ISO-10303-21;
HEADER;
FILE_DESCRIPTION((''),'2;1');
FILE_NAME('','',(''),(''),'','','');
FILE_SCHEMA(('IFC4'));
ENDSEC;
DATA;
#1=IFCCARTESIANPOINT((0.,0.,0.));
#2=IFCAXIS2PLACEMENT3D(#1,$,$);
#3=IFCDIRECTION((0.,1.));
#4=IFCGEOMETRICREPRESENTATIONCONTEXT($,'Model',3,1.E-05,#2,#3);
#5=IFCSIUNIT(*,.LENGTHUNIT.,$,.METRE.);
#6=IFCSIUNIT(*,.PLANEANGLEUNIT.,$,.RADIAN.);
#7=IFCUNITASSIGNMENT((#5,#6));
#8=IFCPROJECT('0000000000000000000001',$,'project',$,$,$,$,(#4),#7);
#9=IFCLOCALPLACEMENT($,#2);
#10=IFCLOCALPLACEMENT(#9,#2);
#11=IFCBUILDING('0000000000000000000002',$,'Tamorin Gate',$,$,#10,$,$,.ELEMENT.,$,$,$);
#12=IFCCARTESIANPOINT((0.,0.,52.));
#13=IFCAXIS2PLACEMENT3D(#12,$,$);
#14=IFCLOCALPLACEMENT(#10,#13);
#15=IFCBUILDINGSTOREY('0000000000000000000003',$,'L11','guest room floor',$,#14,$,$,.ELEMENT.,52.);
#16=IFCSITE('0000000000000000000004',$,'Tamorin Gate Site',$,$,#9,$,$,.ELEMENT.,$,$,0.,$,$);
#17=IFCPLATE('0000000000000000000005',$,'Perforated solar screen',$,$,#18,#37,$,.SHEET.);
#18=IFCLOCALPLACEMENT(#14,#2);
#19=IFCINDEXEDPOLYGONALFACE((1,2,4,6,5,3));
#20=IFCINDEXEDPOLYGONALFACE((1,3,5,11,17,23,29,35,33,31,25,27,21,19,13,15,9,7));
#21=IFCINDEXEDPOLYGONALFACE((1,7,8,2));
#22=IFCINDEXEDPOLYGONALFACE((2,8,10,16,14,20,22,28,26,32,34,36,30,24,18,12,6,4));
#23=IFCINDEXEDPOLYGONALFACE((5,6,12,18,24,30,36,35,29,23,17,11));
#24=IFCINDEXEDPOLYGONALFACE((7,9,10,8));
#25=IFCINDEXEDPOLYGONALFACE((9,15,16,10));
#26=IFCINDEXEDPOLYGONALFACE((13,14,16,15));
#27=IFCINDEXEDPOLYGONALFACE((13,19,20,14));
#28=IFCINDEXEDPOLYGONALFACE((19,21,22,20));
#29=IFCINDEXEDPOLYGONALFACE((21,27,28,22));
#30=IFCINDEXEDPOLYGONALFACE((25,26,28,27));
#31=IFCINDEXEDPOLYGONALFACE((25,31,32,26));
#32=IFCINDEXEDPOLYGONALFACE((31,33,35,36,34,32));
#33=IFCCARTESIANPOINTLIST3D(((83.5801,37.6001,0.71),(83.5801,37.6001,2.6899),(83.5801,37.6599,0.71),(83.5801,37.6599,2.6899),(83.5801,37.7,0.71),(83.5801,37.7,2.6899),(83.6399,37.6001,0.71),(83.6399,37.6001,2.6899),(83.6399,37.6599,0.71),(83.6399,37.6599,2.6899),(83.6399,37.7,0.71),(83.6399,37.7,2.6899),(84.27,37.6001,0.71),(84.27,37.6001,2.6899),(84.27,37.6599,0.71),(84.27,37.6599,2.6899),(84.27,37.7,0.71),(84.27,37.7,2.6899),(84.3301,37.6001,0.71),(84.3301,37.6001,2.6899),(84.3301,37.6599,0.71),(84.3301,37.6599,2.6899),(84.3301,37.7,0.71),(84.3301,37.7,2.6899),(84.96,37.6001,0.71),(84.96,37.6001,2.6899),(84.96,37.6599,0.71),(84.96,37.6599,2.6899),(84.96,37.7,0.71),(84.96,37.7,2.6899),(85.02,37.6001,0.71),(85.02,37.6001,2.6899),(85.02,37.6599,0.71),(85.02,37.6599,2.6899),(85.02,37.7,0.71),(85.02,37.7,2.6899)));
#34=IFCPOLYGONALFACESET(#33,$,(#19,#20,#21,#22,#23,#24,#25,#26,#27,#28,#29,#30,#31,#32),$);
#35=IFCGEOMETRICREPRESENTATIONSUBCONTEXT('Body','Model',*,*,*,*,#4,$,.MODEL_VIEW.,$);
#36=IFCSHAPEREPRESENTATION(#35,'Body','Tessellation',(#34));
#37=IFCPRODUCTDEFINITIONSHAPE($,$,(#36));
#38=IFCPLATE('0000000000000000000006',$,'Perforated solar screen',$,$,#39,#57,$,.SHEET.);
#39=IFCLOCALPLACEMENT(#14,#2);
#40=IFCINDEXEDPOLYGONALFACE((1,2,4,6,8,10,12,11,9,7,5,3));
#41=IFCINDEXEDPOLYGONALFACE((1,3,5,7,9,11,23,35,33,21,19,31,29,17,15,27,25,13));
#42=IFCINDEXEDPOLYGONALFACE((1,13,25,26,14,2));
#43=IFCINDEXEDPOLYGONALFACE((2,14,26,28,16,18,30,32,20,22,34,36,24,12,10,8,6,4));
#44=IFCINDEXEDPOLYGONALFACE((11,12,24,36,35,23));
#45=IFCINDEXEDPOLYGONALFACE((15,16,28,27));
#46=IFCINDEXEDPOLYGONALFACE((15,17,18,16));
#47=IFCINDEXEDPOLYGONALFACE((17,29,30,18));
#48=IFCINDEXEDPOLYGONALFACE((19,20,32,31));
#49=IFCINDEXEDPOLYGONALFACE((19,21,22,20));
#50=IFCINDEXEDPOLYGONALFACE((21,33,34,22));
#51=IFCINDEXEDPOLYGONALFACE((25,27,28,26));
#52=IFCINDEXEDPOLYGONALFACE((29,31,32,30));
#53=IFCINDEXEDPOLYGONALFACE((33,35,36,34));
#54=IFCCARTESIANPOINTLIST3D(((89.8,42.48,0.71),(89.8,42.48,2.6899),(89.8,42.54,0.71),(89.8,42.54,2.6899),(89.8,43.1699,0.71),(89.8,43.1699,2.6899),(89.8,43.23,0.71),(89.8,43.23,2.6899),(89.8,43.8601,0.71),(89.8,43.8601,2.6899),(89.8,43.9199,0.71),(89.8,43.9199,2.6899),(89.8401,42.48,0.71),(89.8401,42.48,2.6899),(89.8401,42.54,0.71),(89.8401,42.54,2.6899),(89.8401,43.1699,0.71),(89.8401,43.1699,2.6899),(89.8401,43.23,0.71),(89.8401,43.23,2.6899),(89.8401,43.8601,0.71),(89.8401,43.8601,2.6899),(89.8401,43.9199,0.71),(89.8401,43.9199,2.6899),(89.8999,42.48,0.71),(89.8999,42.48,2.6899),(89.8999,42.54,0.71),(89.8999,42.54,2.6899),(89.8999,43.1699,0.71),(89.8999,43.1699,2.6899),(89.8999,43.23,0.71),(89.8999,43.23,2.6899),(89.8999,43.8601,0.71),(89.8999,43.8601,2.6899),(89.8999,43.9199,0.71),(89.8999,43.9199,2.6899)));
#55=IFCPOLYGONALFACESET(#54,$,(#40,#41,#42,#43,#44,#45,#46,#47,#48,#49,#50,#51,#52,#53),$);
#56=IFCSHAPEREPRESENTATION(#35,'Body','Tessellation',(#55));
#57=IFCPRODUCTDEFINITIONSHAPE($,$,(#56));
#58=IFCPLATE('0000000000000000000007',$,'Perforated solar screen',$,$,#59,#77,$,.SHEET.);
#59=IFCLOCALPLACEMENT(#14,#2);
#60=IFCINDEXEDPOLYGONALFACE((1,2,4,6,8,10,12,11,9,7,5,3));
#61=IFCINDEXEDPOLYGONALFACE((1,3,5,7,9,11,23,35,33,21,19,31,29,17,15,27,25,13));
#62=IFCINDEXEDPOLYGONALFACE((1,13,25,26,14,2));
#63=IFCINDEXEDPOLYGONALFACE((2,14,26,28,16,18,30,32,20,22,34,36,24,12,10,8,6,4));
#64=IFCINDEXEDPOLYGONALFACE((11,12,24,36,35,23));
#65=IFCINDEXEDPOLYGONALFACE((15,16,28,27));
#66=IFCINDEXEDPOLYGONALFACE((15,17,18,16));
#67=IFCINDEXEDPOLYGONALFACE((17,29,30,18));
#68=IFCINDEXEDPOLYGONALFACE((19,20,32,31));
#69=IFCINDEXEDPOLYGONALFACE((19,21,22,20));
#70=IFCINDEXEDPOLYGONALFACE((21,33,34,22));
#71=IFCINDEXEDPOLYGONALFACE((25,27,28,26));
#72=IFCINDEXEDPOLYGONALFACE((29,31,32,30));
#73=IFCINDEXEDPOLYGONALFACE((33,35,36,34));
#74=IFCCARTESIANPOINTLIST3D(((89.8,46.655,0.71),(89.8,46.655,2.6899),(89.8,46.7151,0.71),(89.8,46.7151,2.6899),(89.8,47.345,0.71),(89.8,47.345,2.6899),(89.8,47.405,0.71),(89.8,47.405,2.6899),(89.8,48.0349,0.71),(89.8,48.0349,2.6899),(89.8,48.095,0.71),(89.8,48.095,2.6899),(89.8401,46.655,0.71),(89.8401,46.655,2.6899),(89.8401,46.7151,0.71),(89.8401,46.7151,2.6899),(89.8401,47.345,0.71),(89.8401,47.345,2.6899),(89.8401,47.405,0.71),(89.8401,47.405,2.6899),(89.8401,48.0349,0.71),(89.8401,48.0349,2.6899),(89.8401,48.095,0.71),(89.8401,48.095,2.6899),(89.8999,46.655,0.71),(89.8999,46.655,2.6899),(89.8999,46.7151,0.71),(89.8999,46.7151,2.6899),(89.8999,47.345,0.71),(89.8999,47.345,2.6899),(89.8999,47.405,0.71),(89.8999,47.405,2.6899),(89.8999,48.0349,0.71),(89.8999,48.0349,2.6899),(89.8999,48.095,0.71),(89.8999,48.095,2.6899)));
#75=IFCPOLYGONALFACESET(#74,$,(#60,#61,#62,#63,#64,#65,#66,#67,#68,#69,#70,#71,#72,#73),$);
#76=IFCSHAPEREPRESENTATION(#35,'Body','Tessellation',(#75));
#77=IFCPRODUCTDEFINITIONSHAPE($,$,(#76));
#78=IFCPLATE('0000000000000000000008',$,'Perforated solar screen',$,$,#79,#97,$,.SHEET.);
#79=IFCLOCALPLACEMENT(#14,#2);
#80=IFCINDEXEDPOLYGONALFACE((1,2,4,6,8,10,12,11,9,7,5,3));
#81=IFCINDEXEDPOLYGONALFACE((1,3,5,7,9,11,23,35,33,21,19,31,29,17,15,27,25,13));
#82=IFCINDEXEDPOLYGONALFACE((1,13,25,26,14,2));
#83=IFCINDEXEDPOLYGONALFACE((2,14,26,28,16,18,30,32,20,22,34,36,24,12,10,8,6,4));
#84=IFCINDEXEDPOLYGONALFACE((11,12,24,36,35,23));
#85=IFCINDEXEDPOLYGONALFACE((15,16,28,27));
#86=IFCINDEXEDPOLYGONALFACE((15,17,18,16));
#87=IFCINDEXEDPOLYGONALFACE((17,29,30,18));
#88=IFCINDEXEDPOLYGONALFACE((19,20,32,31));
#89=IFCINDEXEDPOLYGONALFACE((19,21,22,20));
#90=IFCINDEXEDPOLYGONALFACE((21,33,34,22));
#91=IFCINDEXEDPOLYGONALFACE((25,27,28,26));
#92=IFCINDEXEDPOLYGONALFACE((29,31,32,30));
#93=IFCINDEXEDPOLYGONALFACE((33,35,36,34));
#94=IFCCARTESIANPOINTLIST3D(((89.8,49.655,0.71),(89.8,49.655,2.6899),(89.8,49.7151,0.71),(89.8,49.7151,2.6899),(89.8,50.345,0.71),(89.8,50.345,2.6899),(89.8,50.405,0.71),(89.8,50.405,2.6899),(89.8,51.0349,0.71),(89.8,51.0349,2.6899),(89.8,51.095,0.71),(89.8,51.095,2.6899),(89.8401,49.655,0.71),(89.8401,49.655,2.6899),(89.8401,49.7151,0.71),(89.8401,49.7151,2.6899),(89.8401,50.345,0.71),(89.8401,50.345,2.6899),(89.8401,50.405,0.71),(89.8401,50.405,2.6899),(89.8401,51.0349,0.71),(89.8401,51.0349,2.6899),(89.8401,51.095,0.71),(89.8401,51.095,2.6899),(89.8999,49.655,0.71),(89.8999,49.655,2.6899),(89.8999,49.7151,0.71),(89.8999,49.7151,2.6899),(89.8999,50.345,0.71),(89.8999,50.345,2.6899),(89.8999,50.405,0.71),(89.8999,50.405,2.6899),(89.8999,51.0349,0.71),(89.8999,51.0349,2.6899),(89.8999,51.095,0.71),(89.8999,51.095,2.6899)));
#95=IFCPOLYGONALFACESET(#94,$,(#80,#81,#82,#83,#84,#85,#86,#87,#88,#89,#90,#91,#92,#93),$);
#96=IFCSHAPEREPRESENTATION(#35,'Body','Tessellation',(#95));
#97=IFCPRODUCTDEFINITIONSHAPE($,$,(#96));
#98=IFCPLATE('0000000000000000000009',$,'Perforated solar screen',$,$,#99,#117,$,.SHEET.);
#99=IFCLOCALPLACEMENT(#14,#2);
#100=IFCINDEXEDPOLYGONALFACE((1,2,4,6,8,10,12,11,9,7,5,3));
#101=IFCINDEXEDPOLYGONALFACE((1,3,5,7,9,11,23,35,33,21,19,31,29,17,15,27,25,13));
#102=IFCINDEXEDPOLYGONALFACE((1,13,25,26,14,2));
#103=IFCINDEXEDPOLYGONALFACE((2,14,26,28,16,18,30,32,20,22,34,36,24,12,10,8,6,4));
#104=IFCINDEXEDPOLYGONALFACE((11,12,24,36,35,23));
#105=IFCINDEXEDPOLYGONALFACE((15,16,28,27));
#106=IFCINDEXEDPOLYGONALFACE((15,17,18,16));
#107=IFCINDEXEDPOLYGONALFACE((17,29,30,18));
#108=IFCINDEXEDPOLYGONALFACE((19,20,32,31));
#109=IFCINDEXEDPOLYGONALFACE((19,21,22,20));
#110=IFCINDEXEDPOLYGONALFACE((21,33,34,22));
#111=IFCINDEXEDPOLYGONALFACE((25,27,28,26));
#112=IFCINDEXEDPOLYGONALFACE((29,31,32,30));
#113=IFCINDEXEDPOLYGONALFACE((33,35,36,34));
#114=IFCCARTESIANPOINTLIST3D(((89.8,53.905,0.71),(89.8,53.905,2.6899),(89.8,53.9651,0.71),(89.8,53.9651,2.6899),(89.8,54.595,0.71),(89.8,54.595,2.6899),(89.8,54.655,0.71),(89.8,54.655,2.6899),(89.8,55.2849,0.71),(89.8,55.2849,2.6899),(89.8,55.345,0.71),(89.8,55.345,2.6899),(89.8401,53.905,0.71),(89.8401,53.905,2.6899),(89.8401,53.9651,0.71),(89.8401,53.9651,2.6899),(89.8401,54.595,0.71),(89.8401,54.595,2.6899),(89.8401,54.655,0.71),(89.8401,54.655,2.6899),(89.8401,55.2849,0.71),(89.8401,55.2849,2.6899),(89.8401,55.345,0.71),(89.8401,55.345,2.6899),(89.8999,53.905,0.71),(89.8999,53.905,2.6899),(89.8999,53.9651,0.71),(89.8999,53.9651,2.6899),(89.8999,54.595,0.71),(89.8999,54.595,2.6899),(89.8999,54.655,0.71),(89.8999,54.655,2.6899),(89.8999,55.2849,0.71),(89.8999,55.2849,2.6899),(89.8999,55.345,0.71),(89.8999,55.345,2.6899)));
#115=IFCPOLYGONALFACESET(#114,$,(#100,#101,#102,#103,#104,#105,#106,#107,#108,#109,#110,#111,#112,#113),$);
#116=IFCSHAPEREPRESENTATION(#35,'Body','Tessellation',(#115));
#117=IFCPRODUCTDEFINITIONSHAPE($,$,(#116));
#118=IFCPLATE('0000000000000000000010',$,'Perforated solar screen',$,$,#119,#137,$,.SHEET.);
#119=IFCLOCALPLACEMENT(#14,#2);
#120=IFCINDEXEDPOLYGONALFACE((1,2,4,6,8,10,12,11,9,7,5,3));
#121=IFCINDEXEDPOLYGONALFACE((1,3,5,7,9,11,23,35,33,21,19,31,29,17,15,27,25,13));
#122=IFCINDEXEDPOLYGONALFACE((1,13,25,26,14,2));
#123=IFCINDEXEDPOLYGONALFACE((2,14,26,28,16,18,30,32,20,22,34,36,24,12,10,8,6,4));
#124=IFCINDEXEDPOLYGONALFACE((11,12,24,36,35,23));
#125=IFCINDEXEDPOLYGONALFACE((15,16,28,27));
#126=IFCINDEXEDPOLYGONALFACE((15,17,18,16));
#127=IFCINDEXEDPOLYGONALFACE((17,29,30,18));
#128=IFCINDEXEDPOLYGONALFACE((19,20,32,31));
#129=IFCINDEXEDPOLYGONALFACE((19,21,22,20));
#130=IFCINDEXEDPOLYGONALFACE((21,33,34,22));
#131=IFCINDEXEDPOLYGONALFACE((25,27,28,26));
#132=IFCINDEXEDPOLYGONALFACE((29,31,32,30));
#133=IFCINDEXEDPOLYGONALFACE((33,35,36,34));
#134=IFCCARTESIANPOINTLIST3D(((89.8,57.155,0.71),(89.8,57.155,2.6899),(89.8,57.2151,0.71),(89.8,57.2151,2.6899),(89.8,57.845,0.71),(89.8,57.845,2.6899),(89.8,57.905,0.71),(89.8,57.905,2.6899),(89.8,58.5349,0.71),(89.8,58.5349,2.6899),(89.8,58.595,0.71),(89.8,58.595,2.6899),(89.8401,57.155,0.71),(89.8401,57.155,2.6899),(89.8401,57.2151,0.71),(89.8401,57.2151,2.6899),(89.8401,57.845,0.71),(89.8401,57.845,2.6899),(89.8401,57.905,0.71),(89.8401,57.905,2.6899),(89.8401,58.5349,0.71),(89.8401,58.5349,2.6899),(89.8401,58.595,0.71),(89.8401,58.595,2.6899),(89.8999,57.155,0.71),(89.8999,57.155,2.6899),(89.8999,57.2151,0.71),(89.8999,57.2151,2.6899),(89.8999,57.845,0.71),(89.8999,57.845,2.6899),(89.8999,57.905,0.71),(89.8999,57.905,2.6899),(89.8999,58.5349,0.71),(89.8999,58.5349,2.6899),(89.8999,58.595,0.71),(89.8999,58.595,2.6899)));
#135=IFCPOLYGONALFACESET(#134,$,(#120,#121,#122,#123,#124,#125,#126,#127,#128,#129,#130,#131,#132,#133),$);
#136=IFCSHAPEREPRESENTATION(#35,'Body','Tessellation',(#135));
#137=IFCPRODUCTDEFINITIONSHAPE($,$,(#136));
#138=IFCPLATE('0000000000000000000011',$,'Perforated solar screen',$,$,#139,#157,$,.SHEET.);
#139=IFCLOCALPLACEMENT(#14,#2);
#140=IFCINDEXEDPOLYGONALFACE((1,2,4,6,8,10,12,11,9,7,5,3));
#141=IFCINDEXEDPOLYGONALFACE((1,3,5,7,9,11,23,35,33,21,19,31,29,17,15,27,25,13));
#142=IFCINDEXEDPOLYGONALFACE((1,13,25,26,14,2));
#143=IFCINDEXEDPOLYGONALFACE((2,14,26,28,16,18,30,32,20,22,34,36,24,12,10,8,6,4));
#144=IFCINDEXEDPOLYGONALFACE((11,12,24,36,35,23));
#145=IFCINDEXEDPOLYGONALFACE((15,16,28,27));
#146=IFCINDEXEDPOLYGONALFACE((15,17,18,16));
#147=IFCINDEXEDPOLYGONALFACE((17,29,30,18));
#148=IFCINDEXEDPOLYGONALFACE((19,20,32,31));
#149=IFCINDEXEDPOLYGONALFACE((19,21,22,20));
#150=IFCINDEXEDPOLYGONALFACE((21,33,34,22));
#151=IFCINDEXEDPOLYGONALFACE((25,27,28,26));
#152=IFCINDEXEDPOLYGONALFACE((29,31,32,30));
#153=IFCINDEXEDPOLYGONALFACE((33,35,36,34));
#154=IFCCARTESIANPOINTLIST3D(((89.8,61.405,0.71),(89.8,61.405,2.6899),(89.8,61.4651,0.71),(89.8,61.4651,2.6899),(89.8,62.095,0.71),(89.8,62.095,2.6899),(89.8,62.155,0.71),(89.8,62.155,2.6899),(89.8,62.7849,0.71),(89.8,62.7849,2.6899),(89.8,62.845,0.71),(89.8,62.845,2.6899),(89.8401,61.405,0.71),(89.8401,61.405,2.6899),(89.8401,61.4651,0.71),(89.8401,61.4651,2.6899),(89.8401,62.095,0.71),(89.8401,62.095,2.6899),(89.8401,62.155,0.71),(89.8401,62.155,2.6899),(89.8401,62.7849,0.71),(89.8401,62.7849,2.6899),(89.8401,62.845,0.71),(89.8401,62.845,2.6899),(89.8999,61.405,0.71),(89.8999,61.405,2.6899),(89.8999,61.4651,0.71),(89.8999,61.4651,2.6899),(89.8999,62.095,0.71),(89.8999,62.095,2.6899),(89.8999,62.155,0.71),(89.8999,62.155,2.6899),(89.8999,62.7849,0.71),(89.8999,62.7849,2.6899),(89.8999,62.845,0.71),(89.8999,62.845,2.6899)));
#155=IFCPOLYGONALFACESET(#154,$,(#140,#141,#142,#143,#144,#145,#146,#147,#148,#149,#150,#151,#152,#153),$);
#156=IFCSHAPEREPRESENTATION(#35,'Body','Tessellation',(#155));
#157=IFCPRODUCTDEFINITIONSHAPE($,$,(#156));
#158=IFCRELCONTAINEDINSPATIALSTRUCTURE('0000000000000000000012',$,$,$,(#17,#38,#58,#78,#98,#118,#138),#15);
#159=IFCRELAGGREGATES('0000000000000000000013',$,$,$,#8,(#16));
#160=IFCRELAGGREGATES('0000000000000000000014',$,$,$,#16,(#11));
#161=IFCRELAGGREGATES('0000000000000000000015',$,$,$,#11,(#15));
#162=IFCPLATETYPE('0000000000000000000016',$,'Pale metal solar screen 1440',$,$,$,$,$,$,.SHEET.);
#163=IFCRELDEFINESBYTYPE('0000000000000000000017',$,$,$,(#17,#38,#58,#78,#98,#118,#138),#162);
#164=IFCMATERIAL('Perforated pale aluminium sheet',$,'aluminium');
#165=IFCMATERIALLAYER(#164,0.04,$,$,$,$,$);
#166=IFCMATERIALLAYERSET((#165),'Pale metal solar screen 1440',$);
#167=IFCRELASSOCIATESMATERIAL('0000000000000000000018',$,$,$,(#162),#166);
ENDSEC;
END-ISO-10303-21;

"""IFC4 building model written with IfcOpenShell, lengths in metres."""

from ifc_helpers import new_model, si_unit, direction, frame, origin, place, context, subcontext, project, spatial, polyline, outline, extrude, material, layer, layer_set, type_object, element, save


model = new_model("IFC4")

# Units and contexts
model_context = context("Model", 3, precision=1e-05, world=origin(), true_north=direction((0.0, 1.0)))
body_context = subcontext(model_context, "Body", "Model", "MODEL_VIEW")
ifc_project = project(units=[si_unit("LENGTHUNIT", "METRE"), si_unit("PLANEANGLEUNIT", "RADIAN")], contexts=[model_context])

# Site, building, storey
site_placement = place(None, origin())
site = spatial("IfcSite", under=ifc_project, at=site_placement, Name="Tamorin Gate Site", CompositionType="ELEMENT", RefElevation=0.0)
building_placement = place(site_placement, origin())
building = spatial("IfcBuilding", under=site, at=building_placement, Name="Tamorin Gate", CompositionType="ELEMENT")
storey_placement = place(building_placement, frame((0.0, 0.0, 52.0)))
storey = spatial("IfcBuildingStorey", under=building, at=storey_placement, Name="L11", Description="guest room floor", CompositionType="ELEMENT", Elevation=52.0)

# Plates
ifc_material_1 = material(Name="Perforated pale aluminium sheet", Category="aluminium")
ifc_layer_1 = layer(ifc_material_1, 0.04)
ifc_layer_set_1 = layer_set([ifc_layer_1], Name="Pale metal solar screen 1440")
plate_type = type_object("IfcPlateType", Name="Pale metal solar screen 1440", PredefinedType="SHEET", material=ifc_layer_set_1)
plate_1_placement = place(storey_placement, frame((0.0, 0.0, 0.71)))
element("IfcPlate", 1, at=plate_1_placement, inside=storey, type_object=plate_type, Name="Perforated solar screen", PredefinedType="SHEET", context=body_context, shape_type="SweptSolid", body=[
    extrude(outline(polyline([(83.5801, 37.6599), (83.5801, 37.7), (83.6399, 37.7), (84.27, 37.7), (84.3301, 37.7), (84.96, 37.7), (85.02, 37.7), (85.02, 37.6599), (85.02, 37.6001), (84.96, 37.6001), (84.96, 37.6599), (84.3301, 37.6599), (84.3301, 37.6001), (84.27, 37.6001), (84.27, 37.6599), (83.6399, 37.6599), (83.6399, 37.6001), (83.5801, 37.6001), (83.5801, 37.6599)])), origin(), (0.0, 0.0, 1.0), 1.98),
])
plate_2_placement = place(storey_placement, frame((0.0, 0.0, 0.71)))
element("IfcPlate", 2, at=plate_2_placement, inside=storey, type_object=plate_type, Name="Perforated solar screen", PredefinedType="SHEET", context=body_context, shape_type="SweptSolid", body=[
    extrude(outline(polyline([(89.8401, 42.48), (89.8, 42.48), (89.8, 42.54), (89.8, 43.1699), (89.8, 43.23), (89.8, 43.8601), (89.8, 43.9199), (89.8401, 43.9199), (89.8999, 43.9199), (89.8999, 43.8601), (89.8401, 43.8601), (89.8401, 43.23), (89.8999, 43.23), (89.8999, 43.1699), (89.8401, 43.1699), (89.8401, 42.54), (89.8999, 42.54), (89.8999, 42.48), (89.8401, 42.48)])), origin(), (0.0, 0.0, 1.0), 1.98),
])
plate_3_placement = place(storey_placement, frame((0.0, 0.0, 0.71)))
element("IfcPlate", 3, at=plate_3_placement, inside=storey, type_object=plate_type, Name="Perforated solar screen", PredefinedType="SHEET", context=body_context, shape_type="SweptSolid", body=[
    extrude(outline(polyline([(89.8401, 46.655), (89.8, 46.655), (89.8, 46.7151), (89.8, 47.345), (89.8, 47.405), (89.8, 48.0349), (89.8, 48.095), (89.8, 48.095), (89.8401, 48.095), (89.8401, 48.095), (89.8999, 48.095), (89.8999, 48.0349), (89.8401, 48.0349), (89.8401, 47.405), (89.8999, 47.405), (89.8999, 47.345), (89.8401, 47.345), (89.8401, 46.7151), (89.8999, 46.7151), (89.8999, 46.655), (89.8401, 46.655)])), origin(), (0.0, 0.0, 1.0), 1.98),
])
plate_4_placement = place(storey_placement, frame((0.0, 0.0, 0.71)))
element("IfcPlate", 4, at=plate_4_placement, inside=storey, type_object=plate_type, Name="Perforated solar screen", PredefinedType="SHEET", context=body_context, shape_type="SweptSolid", body=[
    extrude(outline(polyline([(89.8401, 49.655), (89.8, 49.655), (89.8, 49.7151), (89.8, 50.345), (89.8, 50.405), (89.8, 51.0349), (89.8, 51.095), (89.8401, 51.095), (89.8999, 51.095), (89.8999, 51.0349), (89.8401, 51.0349), (89.8401, 50.405), (89.8999, 50.405), (89.8999, 50.345), (89.8401, 50.345), (89.8401, 49.7151), (89.8999, 49.7151), (89.8999, 49.655), (89.8401, 49.655)])), origin(), (0.0, 0.0, 1.0), 1.98),
])
plate_5_placement = place(storey_placement, frame((0.0, 0.0, 0.71)))
element("IfcPlate", 5, at=plate_5_placement, inside=storey, type_object=plate_type, Name="Perforated solar screen", PredefinedType="SHEET", context=body_context, shape_type="SweptSolid", body=[
    extrude(outline(polyline([(89.8401, 53.905), (89.8, 53.905), (89.8, 53.9651), (89.8, 54.595), (89.8, 54.655), (89.8, 55.2849), (89.8, 55.345), (89.8401, 55.345), (89.8999, 55.345), (89.8999, 55.2849), (89.8401, 55.2849), (89.8401, 54.655), (89.8999, 54.655), (89.8999, 54.595), (89.8401, 54.595), (89.8401, 53.9651), (89.8999, 53.9651), (89.8999, 53.905), (89.8401, 53.905)])), origin(), (0.0, 0.0, 1.0), 1.98),
])
plate_6_placement = place(storey_placement, frame((0.0, 0.0, 0.71)))
element("IfcPlate", 6, at=plate_6_placement, inside=storey, type_object=plate_type, Name="Perforated solar screen", PredefinedType="SHEET", context=body_context, shape_type="SweptSolid", body=[
    extrude(outline(polyline([(89.8401, 57.155), (89.8, 57.155), (89.8, 57.2151), (89.8, 57.845), (89.8, 57.905), (89.8, 58.5349), (89.8, 58.595), (89.8401, 58.595), (89.8999, 58.595), (89.8999, 58.5349), (89.8401, 58.5349), (89.8401, 57.905), (89.8999, 57.905), (89.8999, 57.845), (89.8401, 57.845), (89.8401, 57.2151), (89.8999, 57.2151), (89.8999, 57.155), (89.8401, 57.155)])), origin(), (0.0, 0.0, 1.0), 1.98),
])
plate_7_placement = place(storey_placement, frame((0.0, 0.0, 0.71)))
element("IfcPlate", 7, at=plate_7_placement, inside=storey, type_object=plate_type, Name="Perforated solar screen", PredefinedType="SHEET", context=body_context, shape_type="SweptSolid", body=[
    extrude(outline(polyline([(89.8401, 61.405), (89.8, 61.405), (89.8, 61.4651), (89.8, 62.095), (89.8, 62.155), (89.8, 62.7849), (89.8, 62.845), (89.8401, 62.845), (89.8999, 62.845), (89.8999, 62.7849), (89.8401, 62.7849), (89.8401, 62.155), (89.8999, 62.155), (89.8999, 62.095), (89.8401, 62.095), (89.8401, 61.4651), (89.8999, 61.4651), (89.8999, 61.405), (89.8401, 61.405)])), origin(), (0.0, 0.0, 1.0), 1.98),
])

save(model, "model.ifc")
